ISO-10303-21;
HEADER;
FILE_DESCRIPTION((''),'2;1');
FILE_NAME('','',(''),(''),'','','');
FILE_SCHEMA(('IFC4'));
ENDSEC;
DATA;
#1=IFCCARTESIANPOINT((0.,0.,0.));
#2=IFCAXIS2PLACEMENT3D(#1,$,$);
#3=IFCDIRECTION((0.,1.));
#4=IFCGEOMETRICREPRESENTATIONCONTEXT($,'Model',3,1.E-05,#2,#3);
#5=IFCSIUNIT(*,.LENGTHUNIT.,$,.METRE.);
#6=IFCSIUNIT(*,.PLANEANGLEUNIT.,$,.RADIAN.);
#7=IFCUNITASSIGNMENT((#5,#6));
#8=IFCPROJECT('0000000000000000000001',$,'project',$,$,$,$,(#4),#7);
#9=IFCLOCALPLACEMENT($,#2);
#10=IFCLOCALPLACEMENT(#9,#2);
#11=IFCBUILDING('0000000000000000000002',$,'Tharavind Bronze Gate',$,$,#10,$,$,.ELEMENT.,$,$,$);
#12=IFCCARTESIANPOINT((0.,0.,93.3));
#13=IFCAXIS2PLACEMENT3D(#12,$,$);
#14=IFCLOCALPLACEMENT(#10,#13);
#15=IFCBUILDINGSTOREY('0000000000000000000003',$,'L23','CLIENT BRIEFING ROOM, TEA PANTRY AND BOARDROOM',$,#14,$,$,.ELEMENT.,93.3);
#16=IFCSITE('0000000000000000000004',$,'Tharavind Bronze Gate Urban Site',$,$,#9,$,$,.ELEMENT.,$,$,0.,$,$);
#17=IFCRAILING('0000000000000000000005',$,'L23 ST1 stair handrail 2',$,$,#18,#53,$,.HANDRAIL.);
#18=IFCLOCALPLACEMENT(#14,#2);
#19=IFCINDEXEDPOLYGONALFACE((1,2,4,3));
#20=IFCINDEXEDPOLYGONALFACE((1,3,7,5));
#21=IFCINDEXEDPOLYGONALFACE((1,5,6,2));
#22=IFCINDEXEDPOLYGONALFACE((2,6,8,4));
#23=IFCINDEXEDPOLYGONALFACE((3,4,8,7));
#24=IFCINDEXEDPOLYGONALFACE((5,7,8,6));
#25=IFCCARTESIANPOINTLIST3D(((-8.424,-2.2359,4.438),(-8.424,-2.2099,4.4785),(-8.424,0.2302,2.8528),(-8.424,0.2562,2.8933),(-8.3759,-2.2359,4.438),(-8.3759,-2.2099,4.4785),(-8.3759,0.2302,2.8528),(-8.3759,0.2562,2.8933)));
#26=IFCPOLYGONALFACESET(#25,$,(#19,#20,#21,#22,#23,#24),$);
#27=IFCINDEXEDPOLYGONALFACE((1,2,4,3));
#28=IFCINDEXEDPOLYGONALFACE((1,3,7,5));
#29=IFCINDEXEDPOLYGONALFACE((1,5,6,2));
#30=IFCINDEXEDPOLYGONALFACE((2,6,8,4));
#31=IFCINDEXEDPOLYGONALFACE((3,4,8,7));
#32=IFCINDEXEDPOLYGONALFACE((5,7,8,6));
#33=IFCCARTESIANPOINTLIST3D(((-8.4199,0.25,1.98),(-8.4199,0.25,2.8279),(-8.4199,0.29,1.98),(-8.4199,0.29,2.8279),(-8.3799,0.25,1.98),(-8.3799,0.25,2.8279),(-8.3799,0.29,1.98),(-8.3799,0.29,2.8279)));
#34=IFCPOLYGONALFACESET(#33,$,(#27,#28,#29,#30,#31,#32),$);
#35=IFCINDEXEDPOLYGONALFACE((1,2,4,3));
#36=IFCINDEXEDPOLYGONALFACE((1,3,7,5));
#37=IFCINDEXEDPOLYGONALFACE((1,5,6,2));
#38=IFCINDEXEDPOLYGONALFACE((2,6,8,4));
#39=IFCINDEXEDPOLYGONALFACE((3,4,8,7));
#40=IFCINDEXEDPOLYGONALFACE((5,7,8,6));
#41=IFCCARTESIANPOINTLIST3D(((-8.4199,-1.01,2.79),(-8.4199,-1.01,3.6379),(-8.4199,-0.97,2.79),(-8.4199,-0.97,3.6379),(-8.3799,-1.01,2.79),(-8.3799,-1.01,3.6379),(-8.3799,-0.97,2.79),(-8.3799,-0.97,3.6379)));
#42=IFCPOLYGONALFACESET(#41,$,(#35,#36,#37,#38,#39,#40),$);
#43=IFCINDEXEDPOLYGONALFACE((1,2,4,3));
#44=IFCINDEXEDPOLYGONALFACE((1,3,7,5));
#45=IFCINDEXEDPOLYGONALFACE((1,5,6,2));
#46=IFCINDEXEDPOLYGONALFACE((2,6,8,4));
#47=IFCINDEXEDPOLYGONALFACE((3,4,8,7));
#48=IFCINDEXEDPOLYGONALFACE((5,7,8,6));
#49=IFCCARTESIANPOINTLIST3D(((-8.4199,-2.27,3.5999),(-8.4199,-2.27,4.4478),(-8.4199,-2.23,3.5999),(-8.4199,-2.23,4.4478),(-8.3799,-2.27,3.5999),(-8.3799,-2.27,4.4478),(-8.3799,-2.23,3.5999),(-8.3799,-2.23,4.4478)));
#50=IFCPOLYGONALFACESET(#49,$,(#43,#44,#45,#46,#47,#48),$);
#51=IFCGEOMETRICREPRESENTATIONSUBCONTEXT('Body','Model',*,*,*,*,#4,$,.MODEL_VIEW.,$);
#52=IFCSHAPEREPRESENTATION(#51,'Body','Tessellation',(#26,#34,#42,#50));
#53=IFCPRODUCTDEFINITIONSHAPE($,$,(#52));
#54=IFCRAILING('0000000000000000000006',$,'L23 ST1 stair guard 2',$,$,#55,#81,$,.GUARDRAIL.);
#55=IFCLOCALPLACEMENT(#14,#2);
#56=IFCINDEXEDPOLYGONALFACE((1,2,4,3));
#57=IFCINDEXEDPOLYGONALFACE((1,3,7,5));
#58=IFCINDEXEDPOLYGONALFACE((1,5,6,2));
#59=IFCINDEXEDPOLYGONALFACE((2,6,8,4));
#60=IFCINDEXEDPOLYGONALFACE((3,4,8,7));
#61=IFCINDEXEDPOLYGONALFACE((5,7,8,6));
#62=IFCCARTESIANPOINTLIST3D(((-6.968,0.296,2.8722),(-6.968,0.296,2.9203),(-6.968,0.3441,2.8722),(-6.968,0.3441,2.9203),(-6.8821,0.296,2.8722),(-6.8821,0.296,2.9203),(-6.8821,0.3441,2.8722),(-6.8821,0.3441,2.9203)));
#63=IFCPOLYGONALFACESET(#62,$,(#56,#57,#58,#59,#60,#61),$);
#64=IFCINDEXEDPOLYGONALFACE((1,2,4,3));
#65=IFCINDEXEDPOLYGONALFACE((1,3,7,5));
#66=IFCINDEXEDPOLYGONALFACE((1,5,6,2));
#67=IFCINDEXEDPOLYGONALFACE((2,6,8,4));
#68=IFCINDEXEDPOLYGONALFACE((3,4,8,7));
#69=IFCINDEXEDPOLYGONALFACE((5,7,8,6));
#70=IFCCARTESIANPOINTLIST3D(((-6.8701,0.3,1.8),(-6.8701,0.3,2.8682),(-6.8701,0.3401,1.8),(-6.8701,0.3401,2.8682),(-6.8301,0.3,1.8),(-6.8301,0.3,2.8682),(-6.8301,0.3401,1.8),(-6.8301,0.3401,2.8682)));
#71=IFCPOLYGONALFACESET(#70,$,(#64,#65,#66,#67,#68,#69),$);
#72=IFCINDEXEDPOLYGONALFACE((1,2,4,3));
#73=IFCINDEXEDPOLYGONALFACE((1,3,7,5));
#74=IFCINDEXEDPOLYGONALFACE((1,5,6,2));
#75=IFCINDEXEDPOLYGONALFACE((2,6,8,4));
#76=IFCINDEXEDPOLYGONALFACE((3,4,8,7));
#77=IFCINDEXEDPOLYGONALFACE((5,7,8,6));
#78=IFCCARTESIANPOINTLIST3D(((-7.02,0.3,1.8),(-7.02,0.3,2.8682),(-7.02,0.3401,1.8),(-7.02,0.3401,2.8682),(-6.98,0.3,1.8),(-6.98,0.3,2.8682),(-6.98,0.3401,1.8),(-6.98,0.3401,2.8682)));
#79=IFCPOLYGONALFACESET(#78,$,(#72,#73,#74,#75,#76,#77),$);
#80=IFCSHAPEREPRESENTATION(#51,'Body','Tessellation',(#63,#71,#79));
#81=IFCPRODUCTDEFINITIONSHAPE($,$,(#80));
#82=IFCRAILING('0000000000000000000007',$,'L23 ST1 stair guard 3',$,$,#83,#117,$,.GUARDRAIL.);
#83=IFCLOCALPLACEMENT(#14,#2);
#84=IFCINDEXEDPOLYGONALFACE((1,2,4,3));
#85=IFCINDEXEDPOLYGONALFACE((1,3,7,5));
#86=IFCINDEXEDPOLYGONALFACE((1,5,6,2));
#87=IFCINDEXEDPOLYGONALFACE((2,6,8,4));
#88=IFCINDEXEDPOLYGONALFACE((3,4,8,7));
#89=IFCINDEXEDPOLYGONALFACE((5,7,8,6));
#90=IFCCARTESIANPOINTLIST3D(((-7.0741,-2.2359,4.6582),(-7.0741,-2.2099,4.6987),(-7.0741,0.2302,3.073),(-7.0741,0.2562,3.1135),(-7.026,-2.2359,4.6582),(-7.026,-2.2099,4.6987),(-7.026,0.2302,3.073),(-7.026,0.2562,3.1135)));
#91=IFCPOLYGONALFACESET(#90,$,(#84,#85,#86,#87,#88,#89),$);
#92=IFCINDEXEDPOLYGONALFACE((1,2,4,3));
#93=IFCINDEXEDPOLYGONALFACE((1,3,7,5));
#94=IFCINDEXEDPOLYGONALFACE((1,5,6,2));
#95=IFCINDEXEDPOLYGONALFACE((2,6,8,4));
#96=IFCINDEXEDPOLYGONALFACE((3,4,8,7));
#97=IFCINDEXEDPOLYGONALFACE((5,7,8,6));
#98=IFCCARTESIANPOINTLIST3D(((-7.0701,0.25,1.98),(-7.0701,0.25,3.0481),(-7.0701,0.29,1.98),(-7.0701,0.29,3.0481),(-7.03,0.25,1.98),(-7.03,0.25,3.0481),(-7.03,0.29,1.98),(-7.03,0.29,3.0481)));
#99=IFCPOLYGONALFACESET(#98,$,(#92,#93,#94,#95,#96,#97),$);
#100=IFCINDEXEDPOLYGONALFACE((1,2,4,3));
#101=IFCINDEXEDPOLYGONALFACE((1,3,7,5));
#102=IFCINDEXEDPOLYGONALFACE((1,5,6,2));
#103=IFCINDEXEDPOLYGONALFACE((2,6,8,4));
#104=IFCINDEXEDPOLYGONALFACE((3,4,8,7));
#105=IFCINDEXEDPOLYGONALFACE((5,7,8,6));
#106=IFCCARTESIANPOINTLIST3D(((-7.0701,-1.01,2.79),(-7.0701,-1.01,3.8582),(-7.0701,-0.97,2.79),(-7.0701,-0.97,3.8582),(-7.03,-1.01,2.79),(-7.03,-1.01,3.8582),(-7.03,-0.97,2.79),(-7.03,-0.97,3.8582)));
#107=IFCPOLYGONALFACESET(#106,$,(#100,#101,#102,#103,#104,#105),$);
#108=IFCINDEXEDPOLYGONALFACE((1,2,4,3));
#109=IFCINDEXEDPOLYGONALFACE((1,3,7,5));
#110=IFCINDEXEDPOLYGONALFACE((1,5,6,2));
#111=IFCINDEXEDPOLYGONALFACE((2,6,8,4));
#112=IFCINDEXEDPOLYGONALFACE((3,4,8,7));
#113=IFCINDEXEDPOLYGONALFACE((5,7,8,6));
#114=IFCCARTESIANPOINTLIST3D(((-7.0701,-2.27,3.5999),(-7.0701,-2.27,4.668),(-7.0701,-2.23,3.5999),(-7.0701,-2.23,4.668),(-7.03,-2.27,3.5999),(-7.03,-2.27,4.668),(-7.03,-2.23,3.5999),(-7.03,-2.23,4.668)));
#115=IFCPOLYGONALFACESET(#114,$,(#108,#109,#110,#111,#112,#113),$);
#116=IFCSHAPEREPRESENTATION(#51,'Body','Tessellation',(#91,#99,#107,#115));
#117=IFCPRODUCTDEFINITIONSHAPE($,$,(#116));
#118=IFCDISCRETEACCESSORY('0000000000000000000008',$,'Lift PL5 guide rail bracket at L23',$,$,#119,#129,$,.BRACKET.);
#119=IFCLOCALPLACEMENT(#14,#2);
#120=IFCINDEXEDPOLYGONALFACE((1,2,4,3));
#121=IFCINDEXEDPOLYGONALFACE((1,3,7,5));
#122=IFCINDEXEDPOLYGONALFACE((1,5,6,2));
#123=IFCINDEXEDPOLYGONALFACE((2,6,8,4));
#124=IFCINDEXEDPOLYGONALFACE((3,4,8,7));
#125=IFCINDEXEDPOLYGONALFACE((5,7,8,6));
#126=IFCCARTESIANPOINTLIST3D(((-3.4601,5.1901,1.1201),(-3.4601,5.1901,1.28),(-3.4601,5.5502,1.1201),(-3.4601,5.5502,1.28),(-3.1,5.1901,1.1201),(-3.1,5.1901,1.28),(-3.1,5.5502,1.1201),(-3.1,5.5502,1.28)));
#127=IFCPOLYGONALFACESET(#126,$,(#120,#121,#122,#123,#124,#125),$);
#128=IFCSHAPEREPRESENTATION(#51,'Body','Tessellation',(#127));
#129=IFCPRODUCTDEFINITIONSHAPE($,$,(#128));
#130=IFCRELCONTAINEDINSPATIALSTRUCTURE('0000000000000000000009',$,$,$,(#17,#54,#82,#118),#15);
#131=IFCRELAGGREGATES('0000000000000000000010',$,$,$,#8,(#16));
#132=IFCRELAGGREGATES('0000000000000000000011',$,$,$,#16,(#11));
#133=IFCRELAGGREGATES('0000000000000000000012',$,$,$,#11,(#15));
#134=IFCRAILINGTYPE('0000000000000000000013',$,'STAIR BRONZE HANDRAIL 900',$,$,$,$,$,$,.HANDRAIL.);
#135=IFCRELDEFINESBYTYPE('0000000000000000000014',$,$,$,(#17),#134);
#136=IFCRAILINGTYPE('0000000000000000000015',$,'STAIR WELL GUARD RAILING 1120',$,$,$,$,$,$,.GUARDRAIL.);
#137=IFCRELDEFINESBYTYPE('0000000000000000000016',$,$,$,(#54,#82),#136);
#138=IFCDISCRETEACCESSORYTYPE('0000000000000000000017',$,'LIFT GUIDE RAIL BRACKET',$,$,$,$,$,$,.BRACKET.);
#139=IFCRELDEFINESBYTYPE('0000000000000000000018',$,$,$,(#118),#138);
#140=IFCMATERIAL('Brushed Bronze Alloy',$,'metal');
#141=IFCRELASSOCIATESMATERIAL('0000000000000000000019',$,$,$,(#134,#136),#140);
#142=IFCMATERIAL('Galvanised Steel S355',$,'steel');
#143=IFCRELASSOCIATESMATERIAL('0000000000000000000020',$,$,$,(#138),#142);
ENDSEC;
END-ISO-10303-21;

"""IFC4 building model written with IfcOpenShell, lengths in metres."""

from ifc_helpers import new_model, si_unit, direction, frame, origin, origin_2d, place, context, subcontext, project, spatial, rectangle, extrude, material, type_object, element, save


model = new_model("IFC4")

# Units and contexts
model_context = context("Model", 3, precision=1e-05, world=origin(), true_north=direction((0.0, 1.0)))
body_context = subcontext(model_context, "Body", "Model", "MODEL_VIEW")
ifc_project = project(units=[si_unit("LENGTHUNIT", "METRE"), si_unit("PLANEANGLEUNIT", "RADIAN")], contexts=[model_context])

# Site, building, storey
site_placement = place(None, origin())
site = spatial("IfcSite", under=ifc_project, at=site_placement, Name="Tharavind Bronze Gate Urban Site", CompositionType="ELEMENT", RefElevation=0.0)
building_placement = place(site_placement, origin())
building = spatial("IfcBuilding", under=site, at=building_placement, Name="Tharavind Bronze Gate", CompositionType="ELEMENT")
storey_placement = place(building_placement, frame((0.0, 0.0, 93.3)))
storey = spatial("IfcBuildingStorey", under=building, at=storey_placement, Name="L23", Description="CLIENT BRIEFING ROOM, TEA PANTRY AND BOARDROOM", CompositionType="ELEMENT", Elevation=93.3)

# Railings
ifc_material_1 = material(Name="Brushed Bronze Alloy", Category="metal")
railing_type_1 = type_object("IfcRailingType", Name="STAIR BRONZE HANDRAIL 900", PredefinedType="HANDRAIL", material=ifc_material_1)
railing_1_placement = place(storey_placement, frame((-8.3999, 0.27, 1.98)))
element("IfcRailing", 1, at=railing_1_placement, inside=storey, type_object=railing_type_1, Name="L23 ST1 stair handrail 2", PredefinedType="HANDRAIL", context=body_context, shape_type="SweptSolid", body=[
    extrude(rectangle(XDim=0.0481, YDim=0.0481, at=origin_2d()), frame((0.0, -0.0269, 0.8931), z_axis=(0.0, -0.8412, 0.540725), x_axis=(1.0, 0.0, 0.0)), (0.0, 0.0, 1.0), 2.9316),
    extrude(rectangle(XDim=0.04, YDim=0.04, at=origin_2d()), origin(), (0.0, 0.0, 1.0), 0.8479),
    extrude(rectangle(XDim=0.04, YDim=0.04, at=origin_2d()), frame((0.0, -1.26, 0.8101)), (0.0, 0.0, 1.0), 0.8479),
    extrude(rectangle(XDim=0.04, YDim=0.04, at=origin_2d()), frame((0.0, -2.52, 1.6199)), (0.0, 0.0, 1.0), 0.8479),
])
railing_type_2 = type_object("IfcRailingType", Name="STAIR WELL GUARD RAILING 1120", PredefinedType="GUARDRAIL", material=ifc_material_1)
railing_2_placement = place(storey_placement, frame((-6.8501, 0.3201, 1.8)))
element("IfcRailing", 2, at=railing_2_placement, inside=storey, type_object=railing_type_2, Name="L23 ST1 stair guard 2", PredefinedType="GUARDRAIL", context=body_context, shape_type="SweptSolid", body=[
    extrude(rectangle(XDim=0.0481, YDim=0.0481, at=origin_2d()), frame((-0.032, 0.0, 1.0962), z_axis=(-1.0, 0.0, 0.0), x_axis=(0.0, -1.0, 0.0)), (0.0, 0.0, 1.0), 0.0859),
    extrude(rectangle(XDim=0.04, YDim=0.04, at=origin_2d()), origin(), (0.0, 0.0, 1.0), 1.0681),
    extrude(rectangle(XDim=0.04, YDim=0.04, at=origin_2d()), frame((-0.1499, 0.0, 0.0)), (0.0, 0.0, 1.0), 1.0681),
])
railing_3_placement = place(storey_placement, frame((-7.05, 0.27, 1.98)))
element("IfcRailing", 3, at=railing_3_placement, inside=storey, type_object=railing_type_2, Name="L23 ST1 stair guard 3", PredefinedType="GUARDRAIL", context=body_context, shape_type="SweptSolid", body=[
    extrude(rectangle(XDim=0.0481, YDim=0.0481, at=origin_2d()), frame((0.0, -0.0269, 1.1133), z_axis=(0.0, -0.8412, 0.540725), x_axis=(1.0, 0.0, 0.0)), (0.0, 0.0, 1.0), 2.9316),
    extrude(rectangle(XDim=0.04, YDim=0.04, at=origin_2d()), origin(), (0.0, 0.0, 1.0), 1.0681),
    extrude(rectangle(XDim=0.04, YDim=0.04, at=origin_2d()), frame((0.0, -1.26, 0.8101)), (0.0, 0.0, 1.0), 1.0681),
    extrude(rectangle(XDim=0.04, YDim=0.04, at=origin_2d()), frame((0.0, -2.52, 1.6199)), (0.0, 0.0, 1.0), 1.0681),
])

# Discrete accessory
ifc_material_2 = material(Name="Galvanised Steel S355", Category="steel")
discrete_accessory_type = type_object("IfcDiscreteAccessoryType", Name="LIFT GUIDE RAIL BRACKET", PredefinedType="BRACKET", material=ifc_material_2)
discrete_accessory_placement = place(storey_placement, frame((-3.28, 5.3701, 1.1201), z_axis=(0.0, 0.0, 1.0), x_axis=(1.0, 0.0, 0.0)))
element("IfcDiscreteAccessory", 4, at=discrete_accessory_placement, inside=storey, type_object=discrete_accessory_type, Name="Lift PL5 guide rail bracket at L23", PredefinedType="BRACKET", context=body_context, shape_type="SweptSolid", body=[
    extrude(rectangle(XDim=0.3601, YDim=0.3601, at=origin_2d()), origin(), (0.0, 0.0, 1.0), 0.1599),
])

save(model, "model.ifc")
